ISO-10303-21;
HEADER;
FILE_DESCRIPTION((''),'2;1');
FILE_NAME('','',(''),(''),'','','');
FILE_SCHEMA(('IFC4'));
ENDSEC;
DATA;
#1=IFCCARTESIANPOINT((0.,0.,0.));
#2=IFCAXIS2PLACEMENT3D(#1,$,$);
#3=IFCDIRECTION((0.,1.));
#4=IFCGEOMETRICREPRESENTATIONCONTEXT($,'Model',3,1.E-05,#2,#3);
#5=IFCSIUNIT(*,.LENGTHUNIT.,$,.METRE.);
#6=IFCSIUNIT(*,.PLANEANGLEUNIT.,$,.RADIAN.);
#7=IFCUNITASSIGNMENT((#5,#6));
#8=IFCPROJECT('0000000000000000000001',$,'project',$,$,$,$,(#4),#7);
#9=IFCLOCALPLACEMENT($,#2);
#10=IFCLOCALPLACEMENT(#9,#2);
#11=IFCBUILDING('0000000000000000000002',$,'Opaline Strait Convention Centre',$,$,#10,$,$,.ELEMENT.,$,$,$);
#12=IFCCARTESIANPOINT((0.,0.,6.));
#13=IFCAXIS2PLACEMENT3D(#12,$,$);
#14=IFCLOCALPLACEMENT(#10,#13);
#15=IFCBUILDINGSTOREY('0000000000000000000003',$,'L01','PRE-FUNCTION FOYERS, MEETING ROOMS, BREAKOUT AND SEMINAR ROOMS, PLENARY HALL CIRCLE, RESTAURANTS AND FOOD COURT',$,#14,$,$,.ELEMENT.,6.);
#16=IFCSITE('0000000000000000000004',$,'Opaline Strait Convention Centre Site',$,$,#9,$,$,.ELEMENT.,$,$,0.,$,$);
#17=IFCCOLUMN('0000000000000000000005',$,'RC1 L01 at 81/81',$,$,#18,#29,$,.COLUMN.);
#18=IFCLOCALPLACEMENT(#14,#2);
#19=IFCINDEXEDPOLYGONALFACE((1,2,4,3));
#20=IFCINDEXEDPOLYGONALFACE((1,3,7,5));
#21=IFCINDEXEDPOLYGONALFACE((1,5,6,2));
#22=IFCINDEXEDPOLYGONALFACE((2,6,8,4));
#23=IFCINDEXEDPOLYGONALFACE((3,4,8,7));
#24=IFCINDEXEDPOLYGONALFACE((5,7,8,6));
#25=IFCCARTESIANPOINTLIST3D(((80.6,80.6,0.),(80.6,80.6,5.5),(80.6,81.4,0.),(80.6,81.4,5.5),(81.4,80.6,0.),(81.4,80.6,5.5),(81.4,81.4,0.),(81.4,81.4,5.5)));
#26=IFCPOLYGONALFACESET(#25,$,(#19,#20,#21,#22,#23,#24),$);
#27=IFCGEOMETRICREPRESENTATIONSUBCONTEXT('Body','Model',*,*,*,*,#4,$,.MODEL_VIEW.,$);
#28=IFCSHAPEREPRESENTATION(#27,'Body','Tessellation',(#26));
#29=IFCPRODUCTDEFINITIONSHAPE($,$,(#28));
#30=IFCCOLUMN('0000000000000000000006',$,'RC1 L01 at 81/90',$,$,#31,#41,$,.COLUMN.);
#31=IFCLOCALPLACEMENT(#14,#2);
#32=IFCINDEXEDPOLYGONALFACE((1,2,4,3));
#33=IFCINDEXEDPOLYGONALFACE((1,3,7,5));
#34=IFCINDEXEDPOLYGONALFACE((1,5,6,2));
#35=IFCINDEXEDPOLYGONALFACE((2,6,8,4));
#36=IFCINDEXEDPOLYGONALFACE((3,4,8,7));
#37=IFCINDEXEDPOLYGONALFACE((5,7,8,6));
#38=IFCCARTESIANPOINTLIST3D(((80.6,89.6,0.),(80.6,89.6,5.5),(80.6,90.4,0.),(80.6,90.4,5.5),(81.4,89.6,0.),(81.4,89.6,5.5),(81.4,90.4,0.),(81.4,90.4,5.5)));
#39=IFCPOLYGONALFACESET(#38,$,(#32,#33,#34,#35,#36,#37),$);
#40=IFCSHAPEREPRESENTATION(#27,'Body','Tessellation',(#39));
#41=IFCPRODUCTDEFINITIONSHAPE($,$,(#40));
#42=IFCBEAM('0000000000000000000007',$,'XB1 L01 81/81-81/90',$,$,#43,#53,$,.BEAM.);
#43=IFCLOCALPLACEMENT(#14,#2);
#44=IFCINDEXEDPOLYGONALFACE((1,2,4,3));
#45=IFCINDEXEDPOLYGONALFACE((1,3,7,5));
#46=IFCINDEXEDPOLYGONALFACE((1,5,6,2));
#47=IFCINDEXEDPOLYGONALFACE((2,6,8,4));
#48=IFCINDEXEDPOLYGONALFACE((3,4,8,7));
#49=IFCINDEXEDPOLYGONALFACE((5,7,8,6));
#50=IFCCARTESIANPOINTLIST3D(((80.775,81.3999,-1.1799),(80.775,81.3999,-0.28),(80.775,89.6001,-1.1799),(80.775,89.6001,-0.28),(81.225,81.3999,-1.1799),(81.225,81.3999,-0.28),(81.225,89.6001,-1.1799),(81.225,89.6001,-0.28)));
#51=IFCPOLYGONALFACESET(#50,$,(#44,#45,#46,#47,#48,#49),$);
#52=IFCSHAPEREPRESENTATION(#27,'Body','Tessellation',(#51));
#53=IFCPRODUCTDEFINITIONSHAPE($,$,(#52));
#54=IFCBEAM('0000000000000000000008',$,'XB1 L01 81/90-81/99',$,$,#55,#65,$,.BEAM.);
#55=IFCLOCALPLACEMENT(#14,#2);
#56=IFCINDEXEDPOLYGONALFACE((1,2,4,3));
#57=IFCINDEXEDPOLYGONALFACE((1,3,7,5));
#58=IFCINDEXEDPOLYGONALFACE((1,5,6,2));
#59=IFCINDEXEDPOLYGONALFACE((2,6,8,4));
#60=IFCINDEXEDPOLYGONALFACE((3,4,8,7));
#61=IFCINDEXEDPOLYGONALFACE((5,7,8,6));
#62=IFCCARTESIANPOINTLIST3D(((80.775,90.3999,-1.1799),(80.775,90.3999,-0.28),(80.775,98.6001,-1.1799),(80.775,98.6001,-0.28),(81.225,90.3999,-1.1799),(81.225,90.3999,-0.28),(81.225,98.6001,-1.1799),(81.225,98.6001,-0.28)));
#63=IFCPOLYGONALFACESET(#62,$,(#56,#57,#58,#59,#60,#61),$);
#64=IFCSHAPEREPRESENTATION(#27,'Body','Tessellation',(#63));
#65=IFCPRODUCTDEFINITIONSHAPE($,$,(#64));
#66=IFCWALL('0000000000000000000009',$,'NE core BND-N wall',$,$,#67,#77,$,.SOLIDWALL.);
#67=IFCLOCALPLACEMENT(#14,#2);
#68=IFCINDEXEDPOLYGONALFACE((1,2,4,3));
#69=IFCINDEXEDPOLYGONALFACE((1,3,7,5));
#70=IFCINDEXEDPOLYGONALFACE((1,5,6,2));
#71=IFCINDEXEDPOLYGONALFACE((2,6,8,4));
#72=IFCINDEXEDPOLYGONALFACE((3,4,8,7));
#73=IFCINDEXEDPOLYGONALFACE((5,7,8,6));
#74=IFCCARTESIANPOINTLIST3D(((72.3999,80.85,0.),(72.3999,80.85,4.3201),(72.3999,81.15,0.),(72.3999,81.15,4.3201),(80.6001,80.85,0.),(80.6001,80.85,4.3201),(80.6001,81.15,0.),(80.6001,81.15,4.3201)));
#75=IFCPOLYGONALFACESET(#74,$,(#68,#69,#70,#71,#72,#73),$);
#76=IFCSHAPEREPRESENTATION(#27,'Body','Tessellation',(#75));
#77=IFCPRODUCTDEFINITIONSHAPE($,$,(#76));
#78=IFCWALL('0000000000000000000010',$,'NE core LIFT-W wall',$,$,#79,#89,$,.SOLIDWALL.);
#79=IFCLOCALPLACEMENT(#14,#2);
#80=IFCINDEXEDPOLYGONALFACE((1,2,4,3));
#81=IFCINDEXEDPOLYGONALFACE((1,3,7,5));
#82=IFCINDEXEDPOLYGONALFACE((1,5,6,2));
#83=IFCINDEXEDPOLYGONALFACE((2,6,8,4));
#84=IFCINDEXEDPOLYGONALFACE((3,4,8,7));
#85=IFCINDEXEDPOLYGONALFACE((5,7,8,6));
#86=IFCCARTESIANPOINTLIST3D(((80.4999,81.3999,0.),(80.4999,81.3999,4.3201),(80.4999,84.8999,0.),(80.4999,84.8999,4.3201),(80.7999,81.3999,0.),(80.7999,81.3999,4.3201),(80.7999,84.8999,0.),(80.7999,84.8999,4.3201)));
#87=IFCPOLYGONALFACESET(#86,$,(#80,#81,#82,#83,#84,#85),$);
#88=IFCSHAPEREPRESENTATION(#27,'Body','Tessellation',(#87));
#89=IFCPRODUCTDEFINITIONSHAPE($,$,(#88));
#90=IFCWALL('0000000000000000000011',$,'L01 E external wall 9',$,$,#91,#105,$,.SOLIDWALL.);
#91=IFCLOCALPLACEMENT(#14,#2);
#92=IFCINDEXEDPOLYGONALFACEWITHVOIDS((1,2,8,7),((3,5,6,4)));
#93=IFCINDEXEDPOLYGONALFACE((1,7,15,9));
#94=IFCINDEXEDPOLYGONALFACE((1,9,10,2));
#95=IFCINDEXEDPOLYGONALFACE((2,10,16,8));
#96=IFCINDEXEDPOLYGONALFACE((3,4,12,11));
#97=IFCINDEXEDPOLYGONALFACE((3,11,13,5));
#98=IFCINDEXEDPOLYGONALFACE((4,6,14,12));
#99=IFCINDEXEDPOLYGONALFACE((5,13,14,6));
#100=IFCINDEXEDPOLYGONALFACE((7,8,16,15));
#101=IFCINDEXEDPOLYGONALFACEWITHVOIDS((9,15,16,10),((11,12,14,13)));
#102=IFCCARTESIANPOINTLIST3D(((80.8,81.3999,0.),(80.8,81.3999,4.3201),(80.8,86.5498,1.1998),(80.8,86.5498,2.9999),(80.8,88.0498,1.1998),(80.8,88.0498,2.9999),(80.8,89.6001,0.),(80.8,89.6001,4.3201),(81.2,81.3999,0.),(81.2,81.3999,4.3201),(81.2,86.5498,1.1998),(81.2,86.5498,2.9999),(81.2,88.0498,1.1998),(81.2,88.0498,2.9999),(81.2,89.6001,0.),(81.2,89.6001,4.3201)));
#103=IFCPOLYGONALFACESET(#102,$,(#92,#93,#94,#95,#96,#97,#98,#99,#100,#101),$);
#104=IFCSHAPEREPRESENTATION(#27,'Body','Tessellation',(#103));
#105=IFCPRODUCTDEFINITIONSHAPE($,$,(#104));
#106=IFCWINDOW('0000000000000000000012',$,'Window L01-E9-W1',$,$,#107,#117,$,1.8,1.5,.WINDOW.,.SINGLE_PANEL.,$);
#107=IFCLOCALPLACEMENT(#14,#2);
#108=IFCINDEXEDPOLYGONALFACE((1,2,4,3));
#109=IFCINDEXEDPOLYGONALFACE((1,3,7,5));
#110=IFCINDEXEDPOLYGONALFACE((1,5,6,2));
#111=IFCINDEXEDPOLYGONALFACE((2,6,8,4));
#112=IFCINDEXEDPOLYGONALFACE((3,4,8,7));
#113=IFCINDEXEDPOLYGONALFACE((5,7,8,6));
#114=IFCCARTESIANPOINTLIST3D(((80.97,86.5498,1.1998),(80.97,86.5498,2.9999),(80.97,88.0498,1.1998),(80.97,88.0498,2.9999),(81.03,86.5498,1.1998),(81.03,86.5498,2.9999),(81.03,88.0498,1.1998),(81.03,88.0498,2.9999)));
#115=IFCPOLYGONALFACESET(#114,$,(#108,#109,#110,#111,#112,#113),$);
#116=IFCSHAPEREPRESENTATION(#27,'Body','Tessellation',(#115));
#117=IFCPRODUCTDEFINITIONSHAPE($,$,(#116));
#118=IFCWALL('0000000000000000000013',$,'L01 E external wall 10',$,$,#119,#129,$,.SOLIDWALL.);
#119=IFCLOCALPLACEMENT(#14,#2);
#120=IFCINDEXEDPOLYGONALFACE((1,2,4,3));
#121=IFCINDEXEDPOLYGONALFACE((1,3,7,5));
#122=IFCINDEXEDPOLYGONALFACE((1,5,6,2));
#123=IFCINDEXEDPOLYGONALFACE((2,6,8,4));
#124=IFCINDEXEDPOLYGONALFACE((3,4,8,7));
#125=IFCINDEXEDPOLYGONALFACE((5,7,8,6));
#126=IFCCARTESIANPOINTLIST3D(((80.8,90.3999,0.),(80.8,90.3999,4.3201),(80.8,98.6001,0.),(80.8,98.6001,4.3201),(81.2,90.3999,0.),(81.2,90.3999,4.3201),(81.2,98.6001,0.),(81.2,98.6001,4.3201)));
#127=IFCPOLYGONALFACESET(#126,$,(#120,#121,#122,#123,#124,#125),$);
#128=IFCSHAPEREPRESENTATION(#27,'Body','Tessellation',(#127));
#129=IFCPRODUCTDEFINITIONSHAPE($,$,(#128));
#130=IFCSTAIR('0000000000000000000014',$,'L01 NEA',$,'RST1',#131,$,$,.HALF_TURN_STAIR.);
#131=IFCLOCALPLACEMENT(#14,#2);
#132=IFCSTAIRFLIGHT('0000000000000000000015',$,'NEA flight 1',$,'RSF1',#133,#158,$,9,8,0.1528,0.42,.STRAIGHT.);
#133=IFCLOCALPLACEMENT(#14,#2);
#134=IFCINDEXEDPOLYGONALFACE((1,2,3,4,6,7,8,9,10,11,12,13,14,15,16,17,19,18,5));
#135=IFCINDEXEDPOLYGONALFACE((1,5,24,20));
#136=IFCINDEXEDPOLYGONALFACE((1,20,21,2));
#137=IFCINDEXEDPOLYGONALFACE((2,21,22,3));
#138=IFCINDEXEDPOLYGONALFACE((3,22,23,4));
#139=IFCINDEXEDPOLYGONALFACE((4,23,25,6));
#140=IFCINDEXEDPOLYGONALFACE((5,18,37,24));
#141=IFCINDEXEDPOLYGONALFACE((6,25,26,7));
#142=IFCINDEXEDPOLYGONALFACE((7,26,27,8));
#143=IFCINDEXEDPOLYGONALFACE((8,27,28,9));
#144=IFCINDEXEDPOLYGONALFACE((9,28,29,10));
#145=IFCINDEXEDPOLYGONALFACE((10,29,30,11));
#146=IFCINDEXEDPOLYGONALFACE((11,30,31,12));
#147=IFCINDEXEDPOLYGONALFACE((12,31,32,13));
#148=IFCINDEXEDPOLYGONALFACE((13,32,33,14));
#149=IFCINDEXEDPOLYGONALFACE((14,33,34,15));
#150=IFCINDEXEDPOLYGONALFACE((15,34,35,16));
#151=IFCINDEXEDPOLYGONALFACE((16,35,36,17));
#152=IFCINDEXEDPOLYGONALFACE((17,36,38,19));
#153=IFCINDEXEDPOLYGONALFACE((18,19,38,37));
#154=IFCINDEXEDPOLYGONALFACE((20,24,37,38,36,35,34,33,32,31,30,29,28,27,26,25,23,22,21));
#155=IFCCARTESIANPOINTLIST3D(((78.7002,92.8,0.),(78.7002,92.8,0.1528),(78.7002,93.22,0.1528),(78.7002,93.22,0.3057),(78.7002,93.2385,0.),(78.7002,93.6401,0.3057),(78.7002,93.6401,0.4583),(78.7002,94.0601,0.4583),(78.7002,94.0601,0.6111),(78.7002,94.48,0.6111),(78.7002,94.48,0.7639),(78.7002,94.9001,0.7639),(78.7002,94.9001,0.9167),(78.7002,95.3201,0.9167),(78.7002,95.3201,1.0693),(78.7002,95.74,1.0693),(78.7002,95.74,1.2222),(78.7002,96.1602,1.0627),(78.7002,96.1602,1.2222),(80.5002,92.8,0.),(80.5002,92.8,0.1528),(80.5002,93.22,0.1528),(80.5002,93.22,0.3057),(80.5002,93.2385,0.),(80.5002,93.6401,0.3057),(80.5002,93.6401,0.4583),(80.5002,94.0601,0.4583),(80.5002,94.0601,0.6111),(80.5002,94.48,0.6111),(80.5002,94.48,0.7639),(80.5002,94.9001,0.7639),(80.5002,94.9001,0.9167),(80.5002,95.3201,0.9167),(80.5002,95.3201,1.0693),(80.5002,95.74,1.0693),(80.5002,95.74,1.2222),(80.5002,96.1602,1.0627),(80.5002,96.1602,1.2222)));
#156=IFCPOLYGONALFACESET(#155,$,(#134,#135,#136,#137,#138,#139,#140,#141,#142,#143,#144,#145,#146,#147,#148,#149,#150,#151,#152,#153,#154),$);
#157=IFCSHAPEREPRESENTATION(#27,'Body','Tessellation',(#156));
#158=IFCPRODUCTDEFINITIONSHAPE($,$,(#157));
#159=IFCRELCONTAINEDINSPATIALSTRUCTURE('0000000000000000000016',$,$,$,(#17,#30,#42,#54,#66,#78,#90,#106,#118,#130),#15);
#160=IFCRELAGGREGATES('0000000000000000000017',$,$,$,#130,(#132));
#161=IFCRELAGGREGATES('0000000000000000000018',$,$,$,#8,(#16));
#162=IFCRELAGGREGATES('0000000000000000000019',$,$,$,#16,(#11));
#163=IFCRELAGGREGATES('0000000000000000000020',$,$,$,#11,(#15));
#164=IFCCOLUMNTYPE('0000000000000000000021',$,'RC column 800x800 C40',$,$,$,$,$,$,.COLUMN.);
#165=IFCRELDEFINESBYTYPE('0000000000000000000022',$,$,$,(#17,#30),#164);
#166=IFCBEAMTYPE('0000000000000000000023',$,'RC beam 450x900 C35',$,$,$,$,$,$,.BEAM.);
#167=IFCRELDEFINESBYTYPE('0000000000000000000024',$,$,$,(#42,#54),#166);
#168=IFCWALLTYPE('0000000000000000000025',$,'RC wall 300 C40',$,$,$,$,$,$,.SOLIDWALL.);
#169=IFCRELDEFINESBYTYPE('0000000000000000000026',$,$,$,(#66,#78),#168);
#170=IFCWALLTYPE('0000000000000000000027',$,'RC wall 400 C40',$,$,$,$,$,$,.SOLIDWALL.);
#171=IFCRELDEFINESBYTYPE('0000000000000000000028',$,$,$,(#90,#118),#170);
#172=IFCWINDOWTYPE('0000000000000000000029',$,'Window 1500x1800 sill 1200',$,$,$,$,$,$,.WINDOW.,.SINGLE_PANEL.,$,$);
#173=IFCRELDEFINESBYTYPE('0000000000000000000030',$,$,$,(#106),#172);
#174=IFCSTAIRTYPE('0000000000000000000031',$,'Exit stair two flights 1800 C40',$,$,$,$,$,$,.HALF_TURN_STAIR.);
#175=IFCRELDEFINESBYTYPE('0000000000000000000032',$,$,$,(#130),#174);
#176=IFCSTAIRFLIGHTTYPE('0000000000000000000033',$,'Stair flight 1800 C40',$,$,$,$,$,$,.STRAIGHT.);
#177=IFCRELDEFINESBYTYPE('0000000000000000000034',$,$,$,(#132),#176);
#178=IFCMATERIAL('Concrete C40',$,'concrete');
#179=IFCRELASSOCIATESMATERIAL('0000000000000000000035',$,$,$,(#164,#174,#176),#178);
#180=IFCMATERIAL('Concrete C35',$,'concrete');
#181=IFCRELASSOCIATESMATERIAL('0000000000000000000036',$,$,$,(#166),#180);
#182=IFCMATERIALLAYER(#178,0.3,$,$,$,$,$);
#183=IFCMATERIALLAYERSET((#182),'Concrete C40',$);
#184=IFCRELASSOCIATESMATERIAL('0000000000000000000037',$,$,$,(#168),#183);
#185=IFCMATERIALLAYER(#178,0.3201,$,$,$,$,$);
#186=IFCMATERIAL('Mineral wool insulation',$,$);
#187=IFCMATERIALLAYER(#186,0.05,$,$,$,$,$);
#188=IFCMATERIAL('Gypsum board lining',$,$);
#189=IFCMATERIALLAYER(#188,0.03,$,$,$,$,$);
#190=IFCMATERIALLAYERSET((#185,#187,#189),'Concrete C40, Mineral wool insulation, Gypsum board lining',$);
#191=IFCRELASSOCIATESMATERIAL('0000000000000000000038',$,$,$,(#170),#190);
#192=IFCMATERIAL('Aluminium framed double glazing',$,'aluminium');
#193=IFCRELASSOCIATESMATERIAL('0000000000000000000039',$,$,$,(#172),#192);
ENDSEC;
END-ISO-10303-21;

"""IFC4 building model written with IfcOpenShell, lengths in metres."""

from ifc_helpers import new_model, si_unit, direction, frame, frame_2d, origin, origin_2d, place, context, subcontext, project, spatial, polyline, rectangle, outline, extrude, material, layer, layer_set, material_profile, profile_set, type_object, element, fill, aggregate, save


model = new_model("IFC4")

# Units and contexts
model_context = context("Model", 3, precision=1e-05, world=origin(), true_north=direction((0.0, 1.0)))
body_context = subcontext(model_context, "Body", "Model", "MODEL_VIEW")
ifc_project = project(units=[si_unit("LENGTHUNIT", "METRE"), si_unit("PLANEANGLEUNIT", "RADIAN")], contexts=[model_context])

# Site, building, storey
site_placement = place(None, origin())
site = spatial("IfcSite", under=ifc_project, at=site_placement, Name="Opaline Strait Convention Centre Site", CompositionType="ELEMENT", RefElevation=0.0)
building_placement = place(site_placement, origin())
building = spatial("IfcBuilding", under=site, at=building_placement, Name="Opaline Strait Convention Centre", CompositionType="ELEMENT")
storey_placement = place(building_placement, frame((0.0, 0.0, 6.0)))
storey = spatial("IfcBuildingStorey", under=building, at=storey_placement, Name="L01", Description="PRE-FUNCTION FOYERS, MEETING ROOMS, BREAKOUT AND SEMINAR ROOMS, PLENARY HALL CIRCLE, RESTAURANTS AND FOOD COURT", CompositionType="ELEMENT", Elevation=6.0)

# Columns
ifc_material_1 = material(Name="Concrete C40", Category="concrete")
ifc_material_profile_1 = material_profile(ifc_material_1, rectangle(XDim=0.8, YDim=0.8, at=origin_2d()), Name="RC 800x800")
ifc_profile_set_1 = profile_set([ifc_material_profile_1], Name="Concrete C40")
column_type = type_object("IfcColumnType", Name="RC column 800x800 C40", PredefinedType="COLUMN", material=ifc_profile_set_1)
for number, where, z_axis, x_axis, name in (
    (1, (81.0, 81.0, 0.0), (0.0, 0.0, 1.0), (1.0, 0.0, 0.0), "RC1 L01 at 81/81"),
    (2, (81.0, 90.0, 0.0), (0.0, 0.0, 1.0), (1.0, 0.0, 0.0), "RC1 L01 at 81/90"),
):
    element("IfcColumn", number, at=place(storey_placement, frame(where, z_axis=z_axis, x_axis=x_axis)), inside=storey, type_object=column_type, Name=name, PredefinedType="COLUMN", context=body_context, shape_type="SweptSolid", body=[
        extrude(rectangle(XDim=0.8, YDim=0.8, at=origin_2d()), origin(), (0.0, 0.0, 1.0), 5.5),
    ])

# Beams
ifc_material_2 = material(Name="Concrete C35", Category="concrete")
ifc_material_profile_2 = material_profile(ifc_material_2, rectangle(XDim=0.45, YDim=0.8999, at=origin_2d()), Name="RC 450x900")
ifc_profile_set_2 = profile_set([ifc_material_profile_2], Name="Concrete C35")
beam_type = type_object("IfcBeamType", Name="RC beam 450x900 C35", PredefinedType="BEAM", material=ifc_profile_set_2)
for number, where, z_axis, x_axis, name in (
    (3, (81.0, 81.3999, -0.73), (0.0, 1.0, 0.0), (-1.0, 0.0, 0.0), "XB1 L01 81/81-81/90"),
    (4, (81.0, 90.3999, -0.73), (0.0, 1.0, 0.0), (-1.0, 0.0, 0.0), "XB1 L01 81/90-81/99"),
):
    element("IfcBeam", number, at=place(storey_placement, frame(where, z_axis=z_axis, x_axis=x_axis)), inside=storey, type_object=beam_type, Name=name, PredefinedType="BEAM", context=body_context, shape_type="SweptSolid", body=[
        extrude(rectangle(XDim=0.45, YDim=0.8999, at=origin_2d()), origin(), (0.0, 0.0, 1.0), 8.2002),
    ])

# Shared definitions
ifc_layer_1 = layer(ifc_material_1, 0.3)
ifc_layer_set_1 = layer_set([ifc_layer_1], Name="Concrete C40")
wall_type_1 = type_object("IfcWallType", Name="RC wall 300 C40", PredefinedType="SOLIDWALL", material=ifc_layer_set_1)

# Wall
wall_1_placement = place(storey_placement, frame((80.6001, 81.0, 0.0), z_axis=(0.0, 0.0, 1.0), x_axis=(-1.0, 0.0, 0.0)))
element("IfcWall", 5, at=wall_1_placement, inside=storey, type_object=wall_type_1, Name="NE core BND-N wall", PredefinedType="SOLIDWALL", context=body_context, shape_type="SweptSolid", body=[
    extrude(rectangle(XDim=8.2002, YDim=0.3, at=frame_2d((4.1001, 0.0))), origin(), (0.0, 0.0, 1.0), 4.3201),
])

# Wall
wall_2_placement = place(storey_placement, frame((80.6499, 84.8999, 0.0), z_axis=(0.0, 0.0, 1.0), x_axis=(0.0, -1.0, 0.0)))
element("IfcWall", 6, at=wall_2_placement, inside=storey, type_object=wall_type_1, Name="NE core LIFT-W wall", PredefinedType="SOLIDWALL", context=body_context, shape_type="SweptSolid", body=[
    extrude(rectangle(XDim=3.5, YDim=0.3, at=frame_2d((1.75, 0.0))), origin(), (0.0, 0.0, 1.0), 4.3201),
])

# Wall, opening, window
ifc_layer_2 = layer(ifc_material_1, 0.3201)
ifc_material_3 = material(Name="Mineral wool insulation")
ifc_layer_3 = layer(ifc_material_3, 0.05)
ifc_material_4 = material(Name="Gypsum board lining")
ifc_layer_4 = layer(ifc_material_4, 0.03)
ifc_layer_set_2 = layer_set([ifc_layer_2, ifc_layer_3, ifc_layer_4], Name="Concrete C40, Mineral wool insulation, Gypsum board lining")
wall_type_2 = type_object("IfcWallType", Name="RC wall 400 C40", PredefinedType="SOLIDWALL", material=ifc_layer_set_2)
wall_3_placement = place(storey_placement, frame((81.0, 81.3999, 0.0), z_axis=(0.0, 0.0, 1.0), x_axis=(0.0, 1.0, 0.0)))
wall_3 = element("IfcWall", 7, at=wall_3_placement, inside=storey, type_object=wall_type_2, Name="L01 E external wall 9", PredefinedType="SOLIDWALL", context=body_context, shape_type="SweptSolid", body=[
    extrude(rectangle(XDim=8.2002, YDim=0.3999, at=frame_2d((4.1001, 0.0))), origin(), (0.0, 0.0, 1.0), 4.3201),
])
opening_1_placement = place(wall_3_placement, frame((5.1499, 0.0, 1.2)))
opening_1 = element("IfcOpeningElement", 8, at=opening_1_placement, cuts=wall_3, PredefinedType="OPENING", context=body_context, shape_type="SweptSolid", body=[
    extrude(rectangle(XDim=1.5, YDim=1.8, at=frame_2d((0.75, 0.8999))), frame((0.0, 0.21, 0.0), z_axis=(0.0, -1.0, 0.0), x_axis=(1.0, 0.0, 0.0)), (0.0, 0.0, 1.0), 0.4199),
])
ifc_material_5 = material(Name="Aluminium framed double glazing", Category="aluminium")
window_type = type_object("IfcWindowType", Name="Window 1500x1800 sill 1200", PartitioningType="SINGLE_PANEL", PredefinedType="WINDOW", material=ifc_material_5)
window_placement = place(opening_1_placement, origin())
window = element("IfcWindow", 9, at=window_placement, inside=storey, type_object=window_type, Name="Window L01-E9-W1", OverallHeight=1.8, OverallWidth=1.5, PartitioningType="SINGLE_PANEL", PredefinedType="WINDOW", context=body_context, shape_type="SweptSolid", body=[
    extrude(rectangle(XDim=1.5, YDim=1.8, at=frame_2d((0.75, 0.8999))), frame((0.0, 0.03, 0.0), z_axis=(0.0, -1.0, 0.0), x_axis=(1.0, 0.0, 0.0)), (0.0, 0.0, 1.0), 0.0601),
])
fill(opening_1, window)

# Wall
wall_4_placement = place(storey_placement, frame((81.0, 90.3999, 0.0), z_axis=(0.0, 0.0, 1.0), x_axis=(0.0, 1.0, 0.0)))
element("IfcWall", 10, at=wall_4_placement, inside=storey, type_object=wall_type_2, Name="L01 E external wall 10", PredefinedType="SOLIDWALL", context=body_context, shape_type="SweptSolid", body=[
    extrude(rectangle(XDim=8.2002, YDim=0.3999, at=frame_2d((4.1001, 0.0))), origin(), (0.0, 0.0, 1.0), 4.3201),
])

# Stair, stair flight
stair_type = type_object("IfcStairType", Name="Exit stair two flights 1800 C40", PredefinedType="HALF_TURN_STAIR", material=ifc_material_1)
stair_placement = place(storey_placement, origin())
stair = element("IfcStair", 11, at=stair_placement, inside=storey, type_object=stair_type, Name="L01 NEA", ObjectType="RST1", PredefinedType="HALF_TURN_STAIR")
stair_flight_type = type_object("IfcStairFlightType", Name="Stair flight 1800 C40", PredefinedType="STRAIGHT", material=ifc_material_1)
stair_flight_1_placement = place(storey_placement, frame((79.6001, 92.8, 0.0), z_axis=(0.0, 0.0, 1.0), x_axis=(0.0, 1.0, 0.0)))
stair_flight_1 = element("IfcStairFlight", 12, at=stair_flight_1_placement, type_object=stair_flight_type, Name="NEA flight 1", ObjectType="RSF1", NumberOfRisers=9, NumberOfTreads=8, PredefinedType="STRAIGHT", RiserHeight=0.1528, TreadLength=0.42, context=body_context, shape_type="SweptSolid", body=[
    extrude(outline(polyline([(0.0, 0.0), (0.0, 0.1528), (0.4199, 0.1528), (0.4199, 0.3057), (0.8401, 0.3057), (0.8401, 0.4583), (1.26, 0.4583), (1.26, 0.6111), (1.6799, 0.6111), (1.6799, 0.7639), (2.1001, 0.7639), (2.1001, 0.9167), (2.52, 0.9167), (2.52, 1.0693), (2.9399, 1.0693), (2.9399, 1.2222), (3.3601, 1.2222), (3.3601, 1.375), (3.3601, 1.0627), (0.4385, 0.0), (0.0, 0.0)])), frame((0.0, 0.8999, 0.0), z_axis=(0.0, -1.0, 0.0), x_axis=(1.0, 0.0, 0.0)), (0.0, 0.0, 1.0), 1.8),
])
aggregate(stair, [stair_flight_1])

save(model, "model.ifc")
